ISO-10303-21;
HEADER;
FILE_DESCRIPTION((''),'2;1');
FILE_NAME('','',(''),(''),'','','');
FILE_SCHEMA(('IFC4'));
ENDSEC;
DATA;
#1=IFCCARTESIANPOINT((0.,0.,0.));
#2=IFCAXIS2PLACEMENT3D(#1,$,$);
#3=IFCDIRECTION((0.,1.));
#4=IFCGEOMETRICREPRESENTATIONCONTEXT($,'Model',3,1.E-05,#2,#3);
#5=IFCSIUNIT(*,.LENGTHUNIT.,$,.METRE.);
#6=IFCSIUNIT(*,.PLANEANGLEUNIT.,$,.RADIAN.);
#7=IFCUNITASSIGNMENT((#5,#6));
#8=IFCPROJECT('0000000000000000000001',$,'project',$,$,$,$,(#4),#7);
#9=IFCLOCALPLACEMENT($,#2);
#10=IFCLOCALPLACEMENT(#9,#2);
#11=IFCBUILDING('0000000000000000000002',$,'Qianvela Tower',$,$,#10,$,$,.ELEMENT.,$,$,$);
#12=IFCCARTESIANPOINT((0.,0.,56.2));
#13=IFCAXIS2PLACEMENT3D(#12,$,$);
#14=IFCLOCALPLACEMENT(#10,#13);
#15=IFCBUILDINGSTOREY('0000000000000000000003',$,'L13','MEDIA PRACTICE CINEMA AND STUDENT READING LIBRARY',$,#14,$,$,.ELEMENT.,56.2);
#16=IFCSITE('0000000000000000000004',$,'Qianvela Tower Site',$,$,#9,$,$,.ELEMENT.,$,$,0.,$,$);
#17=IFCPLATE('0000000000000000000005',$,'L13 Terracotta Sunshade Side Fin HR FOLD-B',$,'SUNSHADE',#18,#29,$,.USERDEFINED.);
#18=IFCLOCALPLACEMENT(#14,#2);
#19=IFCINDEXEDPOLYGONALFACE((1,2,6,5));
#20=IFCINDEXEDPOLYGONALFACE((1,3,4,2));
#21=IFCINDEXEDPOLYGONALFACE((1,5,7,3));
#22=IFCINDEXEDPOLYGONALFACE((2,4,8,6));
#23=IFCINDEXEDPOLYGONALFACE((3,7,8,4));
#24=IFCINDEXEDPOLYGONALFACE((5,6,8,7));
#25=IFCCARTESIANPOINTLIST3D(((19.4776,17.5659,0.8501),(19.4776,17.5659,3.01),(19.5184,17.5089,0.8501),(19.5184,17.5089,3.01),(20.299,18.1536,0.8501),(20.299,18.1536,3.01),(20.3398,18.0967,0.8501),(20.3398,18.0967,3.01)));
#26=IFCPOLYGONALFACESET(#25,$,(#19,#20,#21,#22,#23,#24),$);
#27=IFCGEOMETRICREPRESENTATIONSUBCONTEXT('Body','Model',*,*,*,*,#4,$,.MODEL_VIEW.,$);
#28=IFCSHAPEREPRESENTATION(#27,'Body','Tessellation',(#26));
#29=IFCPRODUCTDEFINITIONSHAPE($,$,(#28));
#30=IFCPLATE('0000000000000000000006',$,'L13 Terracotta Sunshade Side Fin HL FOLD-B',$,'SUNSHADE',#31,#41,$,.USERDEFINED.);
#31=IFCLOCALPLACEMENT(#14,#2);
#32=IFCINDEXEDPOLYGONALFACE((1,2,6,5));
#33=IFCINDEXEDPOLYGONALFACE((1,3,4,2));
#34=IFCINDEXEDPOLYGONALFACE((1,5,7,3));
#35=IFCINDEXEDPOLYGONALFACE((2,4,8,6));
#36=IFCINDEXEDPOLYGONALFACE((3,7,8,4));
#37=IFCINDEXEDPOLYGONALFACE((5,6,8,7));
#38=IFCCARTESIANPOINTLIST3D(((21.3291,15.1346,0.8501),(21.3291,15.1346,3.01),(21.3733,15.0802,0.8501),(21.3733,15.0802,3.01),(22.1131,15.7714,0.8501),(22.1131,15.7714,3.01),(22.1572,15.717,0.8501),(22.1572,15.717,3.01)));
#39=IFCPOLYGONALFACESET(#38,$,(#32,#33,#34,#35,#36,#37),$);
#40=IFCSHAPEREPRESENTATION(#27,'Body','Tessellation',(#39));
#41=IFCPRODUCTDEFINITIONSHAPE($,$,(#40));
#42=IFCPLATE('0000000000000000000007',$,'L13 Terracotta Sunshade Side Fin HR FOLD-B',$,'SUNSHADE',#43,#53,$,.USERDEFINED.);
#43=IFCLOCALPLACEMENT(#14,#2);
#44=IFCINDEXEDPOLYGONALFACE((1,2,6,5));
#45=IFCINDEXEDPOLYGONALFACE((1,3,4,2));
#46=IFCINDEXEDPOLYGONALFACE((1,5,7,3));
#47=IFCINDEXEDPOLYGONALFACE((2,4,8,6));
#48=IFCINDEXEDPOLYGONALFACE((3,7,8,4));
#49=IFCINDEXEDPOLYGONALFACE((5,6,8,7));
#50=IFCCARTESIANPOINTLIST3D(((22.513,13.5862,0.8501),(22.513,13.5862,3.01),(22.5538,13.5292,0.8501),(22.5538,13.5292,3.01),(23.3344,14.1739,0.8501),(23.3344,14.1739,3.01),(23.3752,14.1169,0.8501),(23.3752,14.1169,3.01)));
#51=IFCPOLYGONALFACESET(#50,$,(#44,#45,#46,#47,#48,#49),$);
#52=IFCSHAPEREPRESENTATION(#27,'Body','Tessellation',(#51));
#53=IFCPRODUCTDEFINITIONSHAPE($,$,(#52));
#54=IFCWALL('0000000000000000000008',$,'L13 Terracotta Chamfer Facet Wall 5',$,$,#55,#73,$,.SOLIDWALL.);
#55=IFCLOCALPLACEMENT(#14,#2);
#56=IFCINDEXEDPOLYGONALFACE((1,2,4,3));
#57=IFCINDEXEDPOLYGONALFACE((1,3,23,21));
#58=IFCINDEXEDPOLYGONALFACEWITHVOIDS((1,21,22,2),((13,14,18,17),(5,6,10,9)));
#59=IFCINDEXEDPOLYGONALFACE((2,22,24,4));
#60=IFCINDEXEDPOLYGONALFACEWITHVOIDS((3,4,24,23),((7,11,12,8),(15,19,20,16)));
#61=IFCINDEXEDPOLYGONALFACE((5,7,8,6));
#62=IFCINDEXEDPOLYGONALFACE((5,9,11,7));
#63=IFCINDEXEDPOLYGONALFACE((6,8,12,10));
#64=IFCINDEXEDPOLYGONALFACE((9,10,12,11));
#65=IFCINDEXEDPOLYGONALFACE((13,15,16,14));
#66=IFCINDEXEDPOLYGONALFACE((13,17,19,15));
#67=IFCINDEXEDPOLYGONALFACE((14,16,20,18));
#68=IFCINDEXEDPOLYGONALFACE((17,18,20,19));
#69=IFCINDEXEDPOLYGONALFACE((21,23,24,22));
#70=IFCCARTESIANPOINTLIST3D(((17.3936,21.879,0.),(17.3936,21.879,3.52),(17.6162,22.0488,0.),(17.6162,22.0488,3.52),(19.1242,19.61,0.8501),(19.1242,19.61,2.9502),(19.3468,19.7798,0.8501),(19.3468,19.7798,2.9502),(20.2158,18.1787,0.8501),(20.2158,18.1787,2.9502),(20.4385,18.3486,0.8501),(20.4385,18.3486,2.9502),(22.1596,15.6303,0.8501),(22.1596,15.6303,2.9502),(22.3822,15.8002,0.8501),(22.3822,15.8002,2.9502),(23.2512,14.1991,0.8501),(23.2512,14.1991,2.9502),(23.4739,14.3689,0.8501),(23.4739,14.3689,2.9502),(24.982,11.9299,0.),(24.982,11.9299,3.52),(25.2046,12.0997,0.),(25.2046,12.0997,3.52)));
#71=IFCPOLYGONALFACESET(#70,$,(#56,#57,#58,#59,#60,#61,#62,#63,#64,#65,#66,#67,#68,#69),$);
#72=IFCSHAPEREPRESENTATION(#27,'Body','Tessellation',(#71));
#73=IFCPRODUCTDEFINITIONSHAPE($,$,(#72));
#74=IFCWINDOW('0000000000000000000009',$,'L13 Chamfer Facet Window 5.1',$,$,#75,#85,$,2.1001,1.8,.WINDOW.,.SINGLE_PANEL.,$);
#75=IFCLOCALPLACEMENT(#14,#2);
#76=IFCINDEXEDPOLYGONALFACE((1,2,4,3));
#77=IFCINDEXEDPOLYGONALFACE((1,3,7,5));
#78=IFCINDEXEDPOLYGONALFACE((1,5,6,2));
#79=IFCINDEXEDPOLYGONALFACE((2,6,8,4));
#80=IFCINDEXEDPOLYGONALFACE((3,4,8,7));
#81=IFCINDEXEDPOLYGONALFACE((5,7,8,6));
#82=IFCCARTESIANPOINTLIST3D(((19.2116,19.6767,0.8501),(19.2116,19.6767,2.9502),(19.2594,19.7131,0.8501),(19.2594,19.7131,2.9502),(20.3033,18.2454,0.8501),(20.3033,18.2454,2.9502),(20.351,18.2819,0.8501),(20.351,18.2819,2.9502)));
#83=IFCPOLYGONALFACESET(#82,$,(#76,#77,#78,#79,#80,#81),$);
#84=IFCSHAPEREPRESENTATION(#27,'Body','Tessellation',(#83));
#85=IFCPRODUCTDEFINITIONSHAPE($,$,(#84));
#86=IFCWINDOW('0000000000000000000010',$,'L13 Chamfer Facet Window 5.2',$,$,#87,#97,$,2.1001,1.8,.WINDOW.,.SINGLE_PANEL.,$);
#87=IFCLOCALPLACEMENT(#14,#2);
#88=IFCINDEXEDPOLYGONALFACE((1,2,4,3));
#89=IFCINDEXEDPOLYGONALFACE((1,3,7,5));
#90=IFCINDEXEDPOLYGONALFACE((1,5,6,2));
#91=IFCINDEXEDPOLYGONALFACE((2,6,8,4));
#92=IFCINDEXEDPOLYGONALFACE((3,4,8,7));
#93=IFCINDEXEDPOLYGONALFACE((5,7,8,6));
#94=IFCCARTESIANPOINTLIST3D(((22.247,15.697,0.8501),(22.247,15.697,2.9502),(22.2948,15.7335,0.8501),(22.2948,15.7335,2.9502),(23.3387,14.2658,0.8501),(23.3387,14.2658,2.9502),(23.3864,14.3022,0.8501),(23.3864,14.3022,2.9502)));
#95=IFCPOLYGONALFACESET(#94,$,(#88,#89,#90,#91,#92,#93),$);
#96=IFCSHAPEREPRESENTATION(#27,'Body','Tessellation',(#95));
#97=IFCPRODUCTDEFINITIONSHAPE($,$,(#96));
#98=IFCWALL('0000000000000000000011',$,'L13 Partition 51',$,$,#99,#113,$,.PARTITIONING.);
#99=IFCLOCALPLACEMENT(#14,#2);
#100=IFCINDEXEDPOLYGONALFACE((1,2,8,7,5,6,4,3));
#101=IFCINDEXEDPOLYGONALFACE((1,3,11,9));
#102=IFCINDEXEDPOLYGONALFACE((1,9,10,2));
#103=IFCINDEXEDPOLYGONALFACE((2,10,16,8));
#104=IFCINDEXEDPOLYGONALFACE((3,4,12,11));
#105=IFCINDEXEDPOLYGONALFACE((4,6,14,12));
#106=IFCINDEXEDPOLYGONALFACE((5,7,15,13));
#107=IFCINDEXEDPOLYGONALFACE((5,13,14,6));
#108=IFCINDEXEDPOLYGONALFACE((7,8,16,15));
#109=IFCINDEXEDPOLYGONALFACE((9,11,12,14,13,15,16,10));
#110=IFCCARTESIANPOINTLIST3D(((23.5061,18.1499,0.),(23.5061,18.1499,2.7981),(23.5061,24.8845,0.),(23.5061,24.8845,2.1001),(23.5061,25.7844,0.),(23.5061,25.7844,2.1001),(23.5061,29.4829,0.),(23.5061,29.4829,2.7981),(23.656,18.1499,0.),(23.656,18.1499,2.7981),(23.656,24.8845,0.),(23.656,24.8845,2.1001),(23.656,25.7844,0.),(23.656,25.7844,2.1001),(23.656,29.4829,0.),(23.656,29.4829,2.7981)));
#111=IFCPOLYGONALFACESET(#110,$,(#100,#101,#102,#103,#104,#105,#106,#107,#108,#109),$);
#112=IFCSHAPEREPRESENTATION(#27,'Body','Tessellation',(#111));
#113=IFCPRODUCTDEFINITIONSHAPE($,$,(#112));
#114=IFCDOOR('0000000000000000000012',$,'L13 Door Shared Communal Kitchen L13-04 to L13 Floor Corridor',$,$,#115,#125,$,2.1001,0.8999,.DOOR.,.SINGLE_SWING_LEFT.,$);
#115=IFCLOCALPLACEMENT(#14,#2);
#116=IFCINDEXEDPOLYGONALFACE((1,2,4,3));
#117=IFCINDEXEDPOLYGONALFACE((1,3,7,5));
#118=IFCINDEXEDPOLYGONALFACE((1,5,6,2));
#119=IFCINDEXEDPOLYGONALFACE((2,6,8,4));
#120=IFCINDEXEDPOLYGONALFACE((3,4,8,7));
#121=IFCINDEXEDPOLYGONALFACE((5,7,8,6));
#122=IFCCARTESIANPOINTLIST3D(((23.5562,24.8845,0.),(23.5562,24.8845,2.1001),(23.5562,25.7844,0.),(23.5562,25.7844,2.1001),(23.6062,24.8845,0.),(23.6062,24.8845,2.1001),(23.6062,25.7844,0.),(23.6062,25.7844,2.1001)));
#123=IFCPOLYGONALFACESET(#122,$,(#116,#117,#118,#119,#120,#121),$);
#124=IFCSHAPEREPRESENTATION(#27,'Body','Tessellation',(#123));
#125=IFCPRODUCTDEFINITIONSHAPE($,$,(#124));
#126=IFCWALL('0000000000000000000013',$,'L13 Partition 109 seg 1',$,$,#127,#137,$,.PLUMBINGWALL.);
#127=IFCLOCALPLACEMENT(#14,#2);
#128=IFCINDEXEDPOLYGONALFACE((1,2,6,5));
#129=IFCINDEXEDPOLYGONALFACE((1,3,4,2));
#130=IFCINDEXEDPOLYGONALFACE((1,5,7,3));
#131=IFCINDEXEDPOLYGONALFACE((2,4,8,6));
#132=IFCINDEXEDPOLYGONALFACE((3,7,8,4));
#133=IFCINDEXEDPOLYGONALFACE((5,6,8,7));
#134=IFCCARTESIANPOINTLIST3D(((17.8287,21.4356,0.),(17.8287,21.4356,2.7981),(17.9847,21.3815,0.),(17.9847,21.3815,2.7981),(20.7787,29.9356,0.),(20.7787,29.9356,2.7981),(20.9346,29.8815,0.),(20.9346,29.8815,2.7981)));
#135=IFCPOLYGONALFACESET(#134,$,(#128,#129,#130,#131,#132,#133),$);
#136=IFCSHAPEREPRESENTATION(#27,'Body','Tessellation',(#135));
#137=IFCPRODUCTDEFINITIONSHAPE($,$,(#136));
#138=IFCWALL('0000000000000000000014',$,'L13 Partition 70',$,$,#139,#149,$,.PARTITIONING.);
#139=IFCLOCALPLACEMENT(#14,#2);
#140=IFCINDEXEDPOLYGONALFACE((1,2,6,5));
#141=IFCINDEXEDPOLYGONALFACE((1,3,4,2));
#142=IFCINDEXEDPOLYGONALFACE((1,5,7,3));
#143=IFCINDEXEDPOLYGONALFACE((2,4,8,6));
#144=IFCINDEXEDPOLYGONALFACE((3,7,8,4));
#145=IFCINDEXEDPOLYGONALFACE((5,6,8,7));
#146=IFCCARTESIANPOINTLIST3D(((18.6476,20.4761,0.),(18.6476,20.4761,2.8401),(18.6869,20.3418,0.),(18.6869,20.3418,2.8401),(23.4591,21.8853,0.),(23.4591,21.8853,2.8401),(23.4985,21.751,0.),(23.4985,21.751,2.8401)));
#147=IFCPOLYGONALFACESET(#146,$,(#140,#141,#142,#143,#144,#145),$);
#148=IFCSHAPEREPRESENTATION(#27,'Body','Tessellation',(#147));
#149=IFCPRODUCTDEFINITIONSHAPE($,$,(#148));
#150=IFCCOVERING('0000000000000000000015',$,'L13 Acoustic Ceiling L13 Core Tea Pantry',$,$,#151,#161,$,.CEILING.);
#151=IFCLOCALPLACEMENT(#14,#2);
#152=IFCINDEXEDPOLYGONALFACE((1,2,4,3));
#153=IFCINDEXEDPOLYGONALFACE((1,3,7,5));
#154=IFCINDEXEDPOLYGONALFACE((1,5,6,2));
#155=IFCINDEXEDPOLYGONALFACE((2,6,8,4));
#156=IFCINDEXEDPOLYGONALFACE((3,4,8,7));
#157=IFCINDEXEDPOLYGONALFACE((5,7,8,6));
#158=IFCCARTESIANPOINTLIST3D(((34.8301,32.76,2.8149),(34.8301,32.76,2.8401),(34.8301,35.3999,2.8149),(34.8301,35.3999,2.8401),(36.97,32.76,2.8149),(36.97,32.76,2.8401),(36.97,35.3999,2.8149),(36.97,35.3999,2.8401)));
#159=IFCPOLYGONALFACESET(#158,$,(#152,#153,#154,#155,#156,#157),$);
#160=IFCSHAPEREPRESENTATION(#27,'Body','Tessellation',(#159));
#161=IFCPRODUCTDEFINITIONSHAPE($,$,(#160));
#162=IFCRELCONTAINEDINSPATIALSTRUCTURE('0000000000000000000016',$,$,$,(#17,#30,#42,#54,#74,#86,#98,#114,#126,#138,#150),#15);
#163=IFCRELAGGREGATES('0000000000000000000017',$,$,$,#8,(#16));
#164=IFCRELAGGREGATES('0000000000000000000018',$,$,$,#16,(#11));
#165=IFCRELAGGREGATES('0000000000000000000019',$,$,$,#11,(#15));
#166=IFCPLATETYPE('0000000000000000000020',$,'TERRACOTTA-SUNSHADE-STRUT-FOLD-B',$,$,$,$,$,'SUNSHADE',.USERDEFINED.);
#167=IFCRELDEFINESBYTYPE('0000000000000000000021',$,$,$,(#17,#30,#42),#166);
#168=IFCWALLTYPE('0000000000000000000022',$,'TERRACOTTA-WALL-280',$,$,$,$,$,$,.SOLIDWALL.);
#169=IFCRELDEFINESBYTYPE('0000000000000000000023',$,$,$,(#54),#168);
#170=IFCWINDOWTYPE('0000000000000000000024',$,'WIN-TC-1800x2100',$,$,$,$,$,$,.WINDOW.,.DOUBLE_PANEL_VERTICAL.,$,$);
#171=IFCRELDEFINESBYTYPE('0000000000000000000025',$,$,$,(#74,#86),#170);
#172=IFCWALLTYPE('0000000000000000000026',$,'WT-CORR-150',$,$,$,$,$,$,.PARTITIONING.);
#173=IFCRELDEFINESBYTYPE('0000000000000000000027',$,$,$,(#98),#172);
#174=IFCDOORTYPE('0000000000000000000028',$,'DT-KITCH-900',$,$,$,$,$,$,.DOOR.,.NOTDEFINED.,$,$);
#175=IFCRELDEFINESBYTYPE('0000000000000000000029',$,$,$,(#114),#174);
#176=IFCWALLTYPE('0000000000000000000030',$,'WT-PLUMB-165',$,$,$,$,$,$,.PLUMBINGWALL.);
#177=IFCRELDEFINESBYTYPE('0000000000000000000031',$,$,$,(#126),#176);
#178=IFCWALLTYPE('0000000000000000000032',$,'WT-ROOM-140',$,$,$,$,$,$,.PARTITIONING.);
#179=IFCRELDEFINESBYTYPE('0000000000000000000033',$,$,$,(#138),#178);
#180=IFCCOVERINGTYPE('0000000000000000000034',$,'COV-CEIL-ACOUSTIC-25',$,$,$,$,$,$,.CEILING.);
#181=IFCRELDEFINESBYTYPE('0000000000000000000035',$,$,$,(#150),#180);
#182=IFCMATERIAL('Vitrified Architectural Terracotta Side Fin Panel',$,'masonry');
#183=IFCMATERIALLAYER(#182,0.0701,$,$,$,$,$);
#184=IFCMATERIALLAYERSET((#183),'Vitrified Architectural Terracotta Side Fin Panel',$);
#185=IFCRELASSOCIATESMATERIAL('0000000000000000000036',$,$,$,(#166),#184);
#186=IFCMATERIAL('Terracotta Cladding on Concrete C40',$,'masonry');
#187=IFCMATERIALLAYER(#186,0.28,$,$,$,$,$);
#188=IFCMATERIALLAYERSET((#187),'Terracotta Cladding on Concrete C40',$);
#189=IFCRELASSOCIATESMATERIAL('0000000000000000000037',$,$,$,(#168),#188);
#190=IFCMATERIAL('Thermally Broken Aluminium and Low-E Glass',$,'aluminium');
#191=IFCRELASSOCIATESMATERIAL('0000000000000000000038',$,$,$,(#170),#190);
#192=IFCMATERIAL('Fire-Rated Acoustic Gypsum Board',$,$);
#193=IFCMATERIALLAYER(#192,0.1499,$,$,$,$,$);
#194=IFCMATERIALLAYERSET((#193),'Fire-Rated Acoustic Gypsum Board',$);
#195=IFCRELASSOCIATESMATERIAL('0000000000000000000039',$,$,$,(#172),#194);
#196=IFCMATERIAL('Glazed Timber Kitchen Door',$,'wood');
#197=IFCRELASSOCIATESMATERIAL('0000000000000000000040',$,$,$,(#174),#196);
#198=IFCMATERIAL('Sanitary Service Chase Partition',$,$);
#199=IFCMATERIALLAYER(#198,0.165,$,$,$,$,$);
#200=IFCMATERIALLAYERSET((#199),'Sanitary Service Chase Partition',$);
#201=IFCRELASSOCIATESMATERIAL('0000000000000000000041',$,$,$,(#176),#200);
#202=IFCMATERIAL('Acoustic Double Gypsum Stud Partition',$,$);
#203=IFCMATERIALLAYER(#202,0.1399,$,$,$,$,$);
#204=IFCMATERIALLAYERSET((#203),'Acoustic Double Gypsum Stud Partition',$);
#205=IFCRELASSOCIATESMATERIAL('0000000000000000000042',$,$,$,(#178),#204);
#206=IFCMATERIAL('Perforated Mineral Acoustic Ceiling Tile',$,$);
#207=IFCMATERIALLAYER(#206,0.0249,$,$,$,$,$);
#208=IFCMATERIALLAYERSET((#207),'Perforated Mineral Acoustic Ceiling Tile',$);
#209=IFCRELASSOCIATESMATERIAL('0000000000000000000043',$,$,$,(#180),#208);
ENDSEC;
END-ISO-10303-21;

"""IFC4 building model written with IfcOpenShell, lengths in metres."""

from ifc_helpers import new_model, si_unit, direction, frame, frame_2d, origin, origin_2d, place, context, subcontext, project, spatial, polyline, rectangle, outline, extrude, material, layer, layer_set, type_object, element, fill, save


model = new_model("IFC4")

# Units and contexts
model_context = context("Model", 3, precision=1e-05, world=origin(), true_north=direction((0.0, 1.0)))
body_context = subcontext(model_context, "Body", "Model", "MODEL_VIEW")
ifc_project = project(units=[si_unit("LENGTHUNIT", "METRE"), si_unit("PLANEANGLEUNIT", "RADIAN")], contexts=[model_context])

# Site, building, storey
site_placement = place(None, origin())
site = spatial("IfcSite", under=ifc_project, at=site_placement, Name="Qianvela Tower Site", CompositionType="ELEMENT", RefElevation=0.0)
building_placement = place(site_placement, origin())
building = spatial("IfcBuilding", under=site, at=building_placement, Name="Qianvela Tower", CompositionType="ELEMENT")
storey_placement = place(building_placement, frame((0.0, 0.0, 56.2)))
storey = spatial("IfcBuildingStorey", under=building, at=storey_placement, Name="L13", Description="MEDIA PRACTICE CINEMA AND STUDENT READING LIBRARY", CompositionType="ELEMENT", Elevation=56.2)

# Plates
ifc_material_1 = material(Name="Vitrified Architectural Terracotta Side Fin Panel", Category="masonry")
ifc_layer_1 = layer(ifc_material_1, 0.0701)
ifc_layer_set_1 = layer_set([ifc_layer_1], Name="Vitrified Architectural Terracotta Side Fin Panel")
plate_type_1 = type_object("IfcPlateType", Name="TERRACOTTA-SUNSHADE-STRUT-FOLD-B", ElementType="SUNSHADE", PredefinedType="USERDEFINED", material=ifc_layer_set_1)
for number, where, z_axis, x_axis, name in (
    (1, (19.9087, 17.8313, 0.8501), (0.0, 0.0, 1.0), (0.581893, -0.813265, 0.0), "L13 Terracotta Sunshade Side Fin HR FOLD-B"),
    (2, (21.7432, 15.4258, 0.8501), (0.0, 0.0, 1.0), (0.630456, -0.776225, 0.0), "L13 Terracotta Sunshade Side Fin HL FOLD-B"),
    (3, (22.9441, 13.8516, 0.8501), (0.0, 0.0, 1.0), (0.581893, -0.813265, 0.0), "L13 Terracotta Sunshade Side Fin HR FOLD-B"),
):
    element("IfcPlate", number, at=place(storey_placement, frame(where, z_axis=z_axis, x_axis=x_axis)), inside=storey, type_object=plate_type_1, Name=name, ObjectType="SUNSHADE", PredefinedType="USERDEFINED", context=body_context, shape_type="SweptSolid", body=[
        extrude(rectangle(XDim=0.0701, YDim=1.01, at=origin_2d()), origin(), (0.0, 0.0, 1.0), 2.1599),
    ])

# Wall, openings, windows
ifc_material_2 = material(Name="Terracotta Cladding on Concrete C40", Category="masonry")
ifc_layer_2 = layer(ifc_material_2, 0.28)
ifc_layer_set_2 = layer_set([ifc_layer_2], Name="Terracotta Cladding on Concrete C40")
wall_type_1 = type_object("IfcWallType", Name="TERRACOTTA-WALL-280", PredefinedType="SOLIDWALL", material=ifc_layer_set_2)
wall_1_placement = place(storey_placement, frame((17.5049, 21.9639, 0.0), z_axis=(0.0, 0.0, 1.0), x_axis=(0.606458, -0.795115, 0.0)))
wall_1 = element("IfcWall", 4, at=wall_1_placement, inside=storey, type_object=wall_type_1, Name="L13 Terracotta Chamfer Facet Wall 5", PredefinedType="SOLIDWALL", context=body_context, shape_type="SweptSolid", body=[
    extrude(rectangle(XDim=12.5127, YDim=0.28, at=frame_2d((6.2563, 0.0))), origin(), (0.0, 0.0, 1.0), 3.52),
])
opening_1_placement = place(wall_1_placement, frame((2.8538, 0.0, 0.8501)))
opening_1 = element("IfcOpeningElement", 5, at=opening_1_placement, cuts=wall_1, PredefinedType="OPENING", context=body_context, shape_type="SweptSolid", body=[
    extrude(rectangle(XDim=1.8, YDim=2.1001, at=frame_2d((0.8999, 1.05))), frame((0.0, 0.1499, 0.0), z_axis=(0.0, -1.0, 0.0), x_axis=(1.0, 0.0, 0.0)), (0.0, 0.0, 1.0), 0.3),
])
opening_2_placement = place(wall_1_placement, frame((7.8589, 0.0, 0.8501)))
opening_2 = element("IfcOpeningElement", 6, at=opening_2_placement, cuts=wall_1, PredefinedType="OPENING", context=body_context, shape_type="SweptSolid", body=[
    extrude(rectangle(XDim=1.8, YDim=2.1001, at=frame_2d((0.8999, 1.05))), frame((0.0, 0.1499, 0.0), z_axis=(0.0, -1.0, 0.0), x_axis=(1.0, 0.0, 0.0)), (0.0, 0.0, 1.0), 0.3),
])
ifc_material_3 = material(Name="Thermally Broken Aluminium and Low-E Glass", Category="aluminium")
window_type = type_object("IfcWindowType", Name="WIN-TC-1800x2100", PartitioningType="DOUBLE_PANEL_VERTICAL", PredefinedType="WINDOW", material=ifc_material_3)
window_1_placement = place(opening_1_placement, origin())
window_1 = element("IfcWindow", 7, at=window_1_placement, inside=storey, type_object=window_type, Name="L13 Chamfer Facet Window 5.1", OverallHeight=2.1001, OverallWidth=1.8, PartitioningType="SINGLE_PANEL", PredefinedType="WINDOW", context=body_context, shape_type="SweptSolid", body=[
    extrude(rectangle(XDim=1.8, YDim=2.1001, at=frame_2d((0.8999, 1.05))), frame((0.0, 0.03, 0.0), z_axis=(0.0, -1.0, 0.0), x_axis=(1.0, 0.0, 0.0)), (0.0, 0.0, 1.0), 0.0601),
])
fill(opening_1, window_1)
window_2_placement = place(opening_2_placement, origin())
window_2 = element("IfcWindow", 8, at=window_2_placement, inside=storey, type_object=window_type, Name="L13 Chamfer Facet Window 5.2", OverallHeight=2.1001, OverallWidth=1.8, PartitioningType="SINGLE_PANEL", PredefinedType="WINDOW", context=body_context, shape_type="SweptSolid", body=[
    extrude(rectangle(XDim=1.8, YDim=2.1001, at=frame_2d((0.8999, 1.05))), frame((0.0, 0.03, 0.0), z_axis=(0.0, -1.0, 0.0), x_axis=(1.0, 0.0, 0.0)), (0.0, 0.0, 1.0), 0.0601),
])
fill(opening_2, window_2)

# Wall, opening, door
ifc_material_4 = material(Name="Fire-Rated Acoustic Gypsum Board")
ifc_layer_3 = layer(ifc_material_4, 0.1499)
ifc_layer_set_3 = layer_set([ifc_layer_3], Name="Fire-Rated Acoustic Gypsum Board")
wall_type_2 = type_object("IfcWallType", Name="WT-CORR-150", PredefinedType="PARTITIONING", material=ifc_layer_set_3)
wall_2_placement = place(storey_placement, frame((23.5811, 18.1499, 0.0), z_axis=(0.0, 0.0, 1.0), x_axis=(0.0, 1.0, 0.0)))
wall_2 = element("IfcWall", 9, at=wall_2_placement, inside=storey, type_object=wall_type_2, Name="L13 Partition 51", PredefinedType="PARTITIONING", context=body_context, shape_type="SweptSolid", body=[
    extrude(rectangle(XDim=11.333, YDim=0.1499, at=frame_2d((5.6665, 0.0))), origin(), (0.0, 0.0, 1.0), 2.7981),
])
opening_3_placement = place(wall_2_placement, frame((6.7346, 0.0, 0.0)))
opening_3 = element("IfcOpeningElement", 10, at=opening_3_placement, cuts=wall_2, PredefinedType="OPENING", context=body_context, shape_type="SweptSolid", body=[
    extrude(rectangle(XDim=0.8999, YDim=2.1001, at=frame_2d((0.45, 1.05))), frame((0.0, 0.085, 0.0), z_axis=(0.0, -1.0, 0.0), x_axis=(1.0, 0.0, 0.0)), (0.0, 0.0, 1.0), 0.1699),
])
ifc_material_5 = material(Name="Glazed Timber Kitchen Door", Category="wood")
door_type = type_object("IfcDoorType", Name="DT-KITCH-900", OperationType="NOTDEFINED", PredefinedType="DOOR", material=ifc_material_5)
door_placement = place(opening_3_placement, origin())
door = element("IfcDoor", 11, at=door_placement, inside=storey, type_object=door_type, Name="L13 Door Shared Communal Kitchen L13-04 to L13 Floor Corridor", OperationType="SINGLE_SWING_LEFT", OverallHeight=2.1001, OverallWidth=0.8999, PredefinedType="DOOR", context=body_context, shape_type="SweptSolid", body=[
    extrude(rectangle(XDim=0.8999, YDim=2.1001, at=frame_2d((0.45, 1.05))), frame((0.0, 0.0249, 0.0), z_axis=(0.0, -1.0, 0.0), x_axis=(1.0, 0.0, 0.0)), (0.0, 0.0, 1.0), 0.05),
])
fill(opening_3, door)

# Walls
ifc_material_6 = material(Name="Sanitary Service Chase Partition")
ifc_layer_4 = layer(ifc_material_6, 0.165)
ifc_layer_set_4 = layer_set([ifc_layer_4], Name="Sanitary Service Chase Partition")
wall_type_3 = type_object("IfcWallType", Name="WT-PLUMB-165", PredefinedType="PLUMBINGWALL", material=ifc_layer_set_4)
wall_3_placement = place(storey_placement, frame((17.9067, 21.4087, 0.0), z_axis=(0.0, 0.0, 1.0), x_axis=(0.327869, 0.944723, 0.0)))
element("IfcWall", 12, at=wall_3_placement, inside=storey, type_object=wall_type_3, Name="L13 Partition 109 seg 1", PredefinedType="PLUMBINGWALL", context=body_context, shape_type="SweptSolid", body=[
    extrude(rectangle(XDim=8.9973, YDim=0.165, at=frame_2d((4.4985, 0.0))), origin(), (0.0, 0.0, 1.0), 2.7981),
])
ifc_material_7 = material(Name="Acoustic Double Gypsum Stud Partition")
ifc_layer_5 = layer(ifc_material_7, 0.1399)
ifc_layer_set_5 = layer_set([ifc_layer_5], Name="Acoustic Double Gypsum Stud Partition")
wall_type_4 = type_object("IfcWallType", Name="WT-ROOM-140", PredefinedType="PARTITIONING", material=ifc_layer_set_5)
wall_4_placement = place(storey_placement, frame((18.6672, 20.4089, 0.0), z_axis=(0.0, 0.0, 1.0), x_axis=(0.959687, 0.281069, 0.0)))
element("IfcWall", 13, at=wall_4_placement, inside=storey, type_object=wall_type_4, Name="L13 Partition 70", PredefinedType="PARTITIONING", context=body_context, shape_type="SweptSolid", body=[
    extrude(rectangle(XDim=5.0137, YDim=0.1399, at=frame_2d((2.5068, 0.0))), origin(), (0.0, 0.0, 1.0), 2.8401),
])

# Covering
ifc_material_8 = material(Name="Perforated Mineral Acoustic Ceiling Tile")
ifc_layer_6 = layer(ifc_material_8, 0.0249)
ifc_layer_set_6 = layer_set([ifc_layer_6], Name="Perforated Mineral Acoustic Ceiling Tile")
covering_type_1 = type_object("IfcCoveringType", Name="COV-CEIL-ACOUSTIC-25", PredefinedType="CEILING", material=ifc_layer_set_6)
covering_1_placement = place(storey_placement, frame((0.0, 0.0, 2.8149)))
element("IfcCovering", 14, at=covering_1_placement, inside=storey, type_object=covering_type_1, Name="L13 Acoustic Ceiling L13 Core Tea Pantry", PredefinedType="CEILING", context=body_context, shape_type="SweptSolid", body=[
    extrude(outline(polyline([(36.97, 32.76), (34.8301, 32.76), (34.8301, 35.3999), (36.97, 35.3999), (36.97, 32.76)])), origin(), (0.0, 0.0, 1.0), 0.0251),
])

save(model, "model.ifc")
